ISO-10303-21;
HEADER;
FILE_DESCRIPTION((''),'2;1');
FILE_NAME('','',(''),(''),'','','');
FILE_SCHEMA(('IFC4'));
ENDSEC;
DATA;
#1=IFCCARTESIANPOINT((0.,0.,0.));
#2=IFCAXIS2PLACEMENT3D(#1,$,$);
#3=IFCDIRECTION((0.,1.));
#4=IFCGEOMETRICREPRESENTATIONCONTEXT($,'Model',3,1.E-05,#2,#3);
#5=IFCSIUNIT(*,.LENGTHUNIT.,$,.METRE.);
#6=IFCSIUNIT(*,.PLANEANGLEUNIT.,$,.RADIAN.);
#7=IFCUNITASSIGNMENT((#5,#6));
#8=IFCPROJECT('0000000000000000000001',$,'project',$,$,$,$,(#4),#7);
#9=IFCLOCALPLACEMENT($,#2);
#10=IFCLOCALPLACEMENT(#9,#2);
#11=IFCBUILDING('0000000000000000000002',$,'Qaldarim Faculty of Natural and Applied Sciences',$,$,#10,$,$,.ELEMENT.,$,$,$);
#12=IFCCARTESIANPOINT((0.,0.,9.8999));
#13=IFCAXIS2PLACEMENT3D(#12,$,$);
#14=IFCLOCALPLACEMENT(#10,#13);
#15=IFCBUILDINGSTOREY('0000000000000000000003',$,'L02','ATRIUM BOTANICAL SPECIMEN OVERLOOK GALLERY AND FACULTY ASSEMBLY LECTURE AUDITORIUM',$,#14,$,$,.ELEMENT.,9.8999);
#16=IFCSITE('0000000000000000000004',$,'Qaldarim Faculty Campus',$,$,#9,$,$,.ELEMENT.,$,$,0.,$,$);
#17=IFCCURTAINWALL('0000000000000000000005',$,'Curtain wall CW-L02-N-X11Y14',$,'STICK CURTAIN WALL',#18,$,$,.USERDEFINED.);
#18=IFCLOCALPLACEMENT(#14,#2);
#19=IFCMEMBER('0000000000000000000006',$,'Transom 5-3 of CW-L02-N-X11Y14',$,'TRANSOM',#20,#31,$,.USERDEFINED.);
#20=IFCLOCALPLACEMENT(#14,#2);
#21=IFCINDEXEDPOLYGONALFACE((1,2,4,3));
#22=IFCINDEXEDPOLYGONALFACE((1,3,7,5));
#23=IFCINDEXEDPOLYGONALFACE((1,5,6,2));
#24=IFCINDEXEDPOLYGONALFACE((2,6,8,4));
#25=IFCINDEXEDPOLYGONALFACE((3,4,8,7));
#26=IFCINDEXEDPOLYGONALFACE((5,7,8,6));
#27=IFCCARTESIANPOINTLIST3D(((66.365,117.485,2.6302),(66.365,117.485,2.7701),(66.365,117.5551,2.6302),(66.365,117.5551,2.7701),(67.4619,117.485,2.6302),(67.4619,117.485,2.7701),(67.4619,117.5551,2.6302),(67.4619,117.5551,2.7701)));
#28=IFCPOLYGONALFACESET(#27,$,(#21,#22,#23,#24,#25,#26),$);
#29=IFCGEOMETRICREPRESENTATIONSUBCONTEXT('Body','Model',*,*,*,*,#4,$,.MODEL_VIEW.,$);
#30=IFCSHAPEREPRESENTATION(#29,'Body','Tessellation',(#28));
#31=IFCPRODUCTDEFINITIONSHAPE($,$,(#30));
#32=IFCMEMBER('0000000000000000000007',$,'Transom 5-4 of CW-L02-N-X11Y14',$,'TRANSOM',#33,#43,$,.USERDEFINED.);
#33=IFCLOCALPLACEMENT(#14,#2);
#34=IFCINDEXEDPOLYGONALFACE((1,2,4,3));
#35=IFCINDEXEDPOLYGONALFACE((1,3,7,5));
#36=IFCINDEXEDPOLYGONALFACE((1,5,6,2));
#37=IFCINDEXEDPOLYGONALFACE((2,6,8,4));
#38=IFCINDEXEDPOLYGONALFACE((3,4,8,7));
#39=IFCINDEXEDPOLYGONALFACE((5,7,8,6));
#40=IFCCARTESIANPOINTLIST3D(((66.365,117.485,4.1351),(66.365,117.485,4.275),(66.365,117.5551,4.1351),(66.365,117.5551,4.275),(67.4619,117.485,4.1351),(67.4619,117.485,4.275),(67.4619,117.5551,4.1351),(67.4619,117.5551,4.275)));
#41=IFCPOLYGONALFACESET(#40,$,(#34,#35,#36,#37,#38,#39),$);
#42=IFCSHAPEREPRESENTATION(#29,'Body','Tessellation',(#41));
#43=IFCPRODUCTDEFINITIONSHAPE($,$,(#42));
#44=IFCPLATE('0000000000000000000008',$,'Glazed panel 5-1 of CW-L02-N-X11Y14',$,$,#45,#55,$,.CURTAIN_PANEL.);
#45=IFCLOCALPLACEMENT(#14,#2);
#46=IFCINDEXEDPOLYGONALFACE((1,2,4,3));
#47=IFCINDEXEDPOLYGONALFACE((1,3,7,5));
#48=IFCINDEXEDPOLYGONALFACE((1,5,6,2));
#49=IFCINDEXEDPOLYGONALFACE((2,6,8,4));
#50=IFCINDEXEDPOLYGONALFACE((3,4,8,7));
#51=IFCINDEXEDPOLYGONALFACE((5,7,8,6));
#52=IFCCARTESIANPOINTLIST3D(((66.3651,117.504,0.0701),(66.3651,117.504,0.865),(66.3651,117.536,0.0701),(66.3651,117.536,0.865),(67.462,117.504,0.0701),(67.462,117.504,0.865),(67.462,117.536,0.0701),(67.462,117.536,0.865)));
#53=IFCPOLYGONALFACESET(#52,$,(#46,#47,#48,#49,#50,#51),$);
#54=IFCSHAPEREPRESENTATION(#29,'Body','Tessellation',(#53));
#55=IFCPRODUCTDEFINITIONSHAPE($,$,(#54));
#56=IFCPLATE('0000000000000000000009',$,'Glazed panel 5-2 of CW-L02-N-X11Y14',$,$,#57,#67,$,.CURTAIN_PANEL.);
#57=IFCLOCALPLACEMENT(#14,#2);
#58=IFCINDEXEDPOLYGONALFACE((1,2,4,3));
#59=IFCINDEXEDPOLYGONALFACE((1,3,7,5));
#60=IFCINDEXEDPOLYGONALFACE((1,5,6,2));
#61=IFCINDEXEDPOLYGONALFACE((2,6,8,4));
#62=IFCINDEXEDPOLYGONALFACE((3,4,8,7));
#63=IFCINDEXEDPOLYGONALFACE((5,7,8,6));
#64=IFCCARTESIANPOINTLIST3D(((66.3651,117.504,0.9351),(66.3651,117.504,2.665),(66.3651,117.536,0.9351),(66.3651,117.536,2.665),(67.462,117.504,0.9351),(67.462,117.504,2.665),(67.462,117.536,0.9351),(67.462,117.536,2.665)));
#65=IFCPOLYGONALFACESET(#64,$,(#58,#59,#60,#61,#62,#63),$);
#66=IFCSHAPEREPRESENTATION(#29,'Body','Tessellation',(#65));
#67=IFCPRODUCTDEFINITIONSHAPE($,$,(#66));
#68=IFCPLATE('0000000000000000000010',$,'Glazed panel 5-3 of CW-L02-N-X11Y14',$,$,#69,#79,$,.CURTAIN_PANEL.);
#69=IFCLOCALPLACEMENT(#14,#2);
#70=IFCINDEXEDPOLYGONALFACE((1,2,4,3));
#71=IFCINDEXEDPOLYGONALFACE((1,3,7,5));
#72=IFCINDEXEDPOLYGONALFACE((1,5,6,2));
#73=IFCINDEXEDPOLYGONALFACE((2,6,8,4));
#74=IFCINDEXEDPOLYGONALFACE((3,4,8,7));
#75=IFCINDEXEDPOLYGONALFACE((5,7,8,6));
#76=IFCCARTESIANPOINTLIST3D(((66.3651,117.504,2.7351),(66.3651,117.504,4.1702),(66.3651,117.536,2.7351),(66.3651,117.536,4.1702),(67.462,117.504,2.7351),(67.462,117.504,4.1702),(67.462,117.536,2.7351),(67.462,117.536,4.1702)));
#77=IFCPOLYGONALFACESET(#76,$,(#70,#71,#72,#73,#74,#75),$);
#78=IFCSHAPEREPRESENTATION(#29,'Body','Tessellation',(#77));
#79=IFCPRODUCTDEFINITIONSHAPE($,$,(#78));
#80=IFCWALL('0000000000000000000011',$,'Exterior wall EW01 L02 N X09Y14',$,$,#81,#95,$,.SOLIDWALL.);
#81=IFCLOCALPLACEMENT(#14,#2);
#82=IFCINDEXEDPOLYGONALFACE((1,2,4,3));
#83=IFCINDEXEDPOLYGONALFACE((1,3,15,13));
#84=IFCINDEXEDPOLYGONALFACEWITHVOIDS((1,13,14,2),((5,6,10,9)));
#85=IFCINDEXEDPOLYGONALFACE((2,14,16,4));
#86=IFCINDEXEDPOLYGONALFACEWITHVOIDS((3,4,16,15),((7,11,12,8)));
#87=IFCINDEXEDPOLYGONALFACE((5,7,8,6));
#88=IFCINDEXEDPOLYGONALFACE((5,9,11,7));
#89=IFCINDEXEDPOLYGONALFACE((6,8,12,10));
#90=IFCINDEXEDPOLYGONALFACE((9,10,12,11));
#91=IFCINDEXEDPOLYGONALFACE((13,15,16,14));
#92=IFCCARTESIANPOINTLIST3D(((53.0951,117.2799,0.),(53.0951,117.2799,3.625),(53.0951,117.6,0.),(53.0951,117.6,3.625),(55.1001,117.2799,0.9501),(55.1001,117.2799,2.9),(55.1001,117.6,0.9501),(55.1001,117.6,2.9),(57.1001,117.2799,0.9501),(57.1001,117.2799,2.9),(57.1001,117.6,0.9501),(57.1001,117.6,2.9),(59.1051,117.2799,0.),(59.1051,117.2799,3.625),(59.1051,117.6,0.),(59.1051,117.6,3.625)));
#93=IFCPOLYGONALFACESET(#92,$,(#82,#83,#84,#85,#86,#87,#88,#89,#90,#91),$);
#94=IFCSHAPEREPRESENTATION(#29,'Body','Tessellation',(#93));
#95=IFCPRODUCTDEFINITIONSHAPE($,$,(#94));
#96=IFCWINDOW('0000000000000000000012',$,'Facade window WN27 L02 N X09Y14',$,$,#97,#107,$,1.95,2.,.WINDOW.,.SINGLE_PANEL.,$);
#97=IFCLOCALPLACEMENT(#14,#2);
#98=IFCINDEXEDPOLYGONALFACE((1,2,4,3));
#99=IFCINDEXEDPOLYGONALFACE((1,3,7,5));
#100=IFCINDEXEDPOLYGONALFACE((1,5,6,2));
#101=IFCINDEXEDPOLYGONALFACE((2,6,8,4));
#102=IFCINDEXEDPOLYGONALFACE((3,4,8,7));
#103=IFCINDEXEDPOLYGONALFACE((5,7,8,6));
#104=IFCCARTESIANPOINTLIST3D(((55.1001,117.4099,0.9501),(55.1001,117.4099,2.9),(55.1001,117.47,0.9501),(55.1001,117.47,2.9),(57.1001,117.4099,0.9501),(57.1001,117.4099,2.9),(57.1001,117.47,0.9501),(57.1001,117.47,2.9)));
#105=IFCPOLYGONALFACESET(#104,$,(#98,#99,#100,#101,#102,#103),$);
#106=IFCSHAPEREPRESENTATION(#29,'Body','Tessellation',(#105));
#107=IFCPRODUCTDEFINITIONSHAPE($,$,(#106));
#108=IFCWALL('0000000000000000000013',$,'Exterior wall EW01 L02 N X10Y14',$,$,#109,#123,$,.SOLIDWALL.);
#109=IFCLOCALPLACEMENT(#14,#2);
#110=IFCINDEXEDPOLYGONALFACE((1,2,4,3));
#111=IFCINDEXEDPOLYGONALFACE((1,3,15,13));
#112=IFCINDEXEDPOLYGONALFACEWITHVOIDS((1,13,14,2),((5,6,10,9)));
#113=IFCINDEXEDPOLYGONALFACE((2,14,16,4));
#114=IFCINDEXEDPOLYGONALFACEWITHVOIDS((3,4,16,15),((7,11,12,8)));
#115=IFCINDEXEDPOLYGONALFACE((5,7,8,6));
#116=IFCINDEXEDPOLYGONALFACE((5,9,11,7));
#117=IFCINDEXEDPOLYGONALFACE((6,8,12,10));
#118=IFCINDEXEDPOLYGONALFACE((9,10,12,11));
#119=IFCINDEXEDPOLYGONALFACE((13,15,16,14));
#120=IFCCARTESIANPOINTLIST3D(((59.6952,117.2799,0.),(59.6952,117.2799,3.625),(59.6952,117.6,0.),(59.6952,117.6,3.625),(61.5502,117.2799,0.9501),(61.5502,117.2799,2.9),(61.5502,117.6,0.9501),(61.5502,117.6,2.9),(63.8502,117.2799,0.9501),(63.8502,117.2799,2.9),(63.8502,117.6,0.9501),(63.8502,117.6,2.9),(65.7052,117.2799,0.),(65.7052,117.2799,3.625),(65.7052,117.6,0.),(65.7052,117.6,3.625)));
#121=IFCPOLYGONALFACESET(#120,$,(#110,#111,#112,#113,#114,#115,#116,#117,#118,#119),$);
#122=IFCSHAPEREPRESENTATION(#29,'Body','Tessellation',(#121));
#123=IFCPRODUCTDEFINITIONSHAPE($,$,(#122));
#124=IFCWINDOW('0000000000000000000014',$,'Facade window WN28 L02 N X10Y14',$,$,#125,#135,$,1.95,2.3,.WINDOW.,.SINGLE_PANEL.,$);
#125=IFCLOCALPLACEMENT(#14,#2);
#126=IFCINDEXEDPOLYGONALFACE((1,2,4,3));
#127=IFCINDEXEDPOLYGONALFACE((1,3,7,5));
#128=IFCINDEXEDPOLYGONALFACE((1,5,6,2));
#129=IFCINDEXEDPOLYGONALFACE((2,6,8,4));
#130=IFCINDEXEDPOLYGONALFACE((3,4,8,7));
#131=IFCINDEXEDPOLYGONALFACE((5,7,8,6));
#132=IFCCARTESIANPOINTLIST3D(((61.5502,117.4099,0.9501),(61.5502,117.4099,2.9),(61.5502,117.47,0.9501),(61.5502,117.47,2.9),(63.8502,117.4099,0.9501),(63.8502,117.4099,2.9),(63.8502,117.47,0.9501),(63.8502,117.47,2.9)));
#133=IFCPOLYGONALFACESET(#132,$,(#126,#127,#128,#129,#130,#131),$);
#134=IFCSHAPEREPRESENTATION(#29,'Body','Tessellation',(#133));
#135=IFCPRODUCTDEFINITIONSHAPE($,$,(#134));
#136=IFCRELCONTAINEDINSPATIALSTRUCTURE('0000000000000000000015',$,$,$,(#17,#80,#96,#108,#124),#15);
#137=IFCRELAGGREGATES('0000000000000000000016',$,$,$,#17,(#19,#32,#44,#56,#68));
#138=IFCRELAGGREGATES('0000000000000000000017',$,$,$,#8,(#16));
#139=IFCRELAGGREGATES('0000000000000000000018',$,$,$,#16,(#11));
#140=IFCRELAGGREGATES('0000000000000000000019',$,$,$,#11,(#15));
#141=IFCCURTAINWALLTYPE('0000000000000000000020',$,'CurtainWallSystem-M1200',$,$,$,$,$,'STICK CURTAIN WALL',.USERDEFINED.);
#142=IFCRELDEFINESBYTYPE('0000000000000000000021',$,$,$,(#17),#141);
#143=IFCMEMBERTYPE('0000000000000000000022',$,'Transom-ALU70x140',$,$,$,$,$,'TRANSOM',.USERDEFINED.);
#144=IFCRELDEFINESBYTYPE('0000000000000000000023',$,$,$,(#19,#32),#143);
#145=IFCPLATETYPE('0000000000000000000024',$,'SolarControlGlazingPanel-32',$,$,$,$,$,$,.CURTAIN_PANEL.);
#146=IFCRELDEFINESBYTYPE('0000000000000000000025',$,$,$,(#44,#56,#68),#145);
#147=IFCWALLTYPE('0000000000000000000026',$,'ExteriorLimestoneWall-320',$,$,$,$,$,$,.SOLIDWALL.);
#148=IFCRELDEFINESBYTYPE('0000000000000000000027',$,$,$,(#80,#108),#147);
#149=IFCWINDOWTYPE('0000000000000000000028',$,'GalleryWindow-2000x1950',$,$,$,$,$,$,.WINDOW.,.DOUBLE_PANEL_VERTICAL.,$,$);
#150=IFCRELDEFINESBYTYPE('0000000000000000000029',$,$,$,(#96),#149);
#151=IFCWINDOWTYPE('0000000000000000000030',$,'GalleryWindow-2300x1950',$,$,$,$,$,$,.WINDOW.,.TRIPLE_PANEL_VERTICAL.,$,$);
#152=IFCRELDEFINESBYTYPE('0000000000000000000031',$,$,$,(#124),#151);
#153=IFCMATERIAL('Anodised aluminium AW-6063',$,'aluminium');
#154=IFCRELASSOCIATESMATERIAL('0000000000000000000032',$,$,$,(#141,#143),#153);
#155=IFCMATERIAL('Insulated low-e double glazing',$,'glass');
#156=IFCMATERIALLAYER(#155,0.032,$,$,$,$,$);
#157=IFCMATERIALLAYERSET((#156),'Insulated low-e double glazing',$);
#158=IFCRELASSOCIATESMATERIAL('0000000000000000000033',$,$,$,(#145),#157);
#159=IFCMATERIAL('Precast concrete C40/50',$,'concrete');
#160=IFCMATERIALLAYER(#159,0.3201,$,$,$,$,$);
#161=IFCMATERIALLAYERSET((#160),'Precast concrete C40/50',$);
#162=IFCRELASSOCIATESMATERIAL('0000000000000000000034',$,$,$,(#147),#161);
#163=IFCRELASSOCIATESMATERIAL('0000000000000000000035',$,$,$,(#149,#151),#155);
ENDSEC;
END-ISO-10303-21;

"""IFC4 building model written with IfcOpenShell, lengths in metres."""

from ifc_helpers import new_model, si_unit, direction, frame, frame_2d, origin, origin_2d, place, context, subcontext, project, spatial, rectangle, extrude, material, layer, layer_set, material_profile, profile_set, type_object, element, fill, aggregate, save


model = new_model("IFC4")

# Units and contexts
model_context = context("Model", 3, precision=1e-05, world=origin(), true_north=direction((0.0, 1.0)))
body_context = subcontext(model_context, "Body", "Model", "MODEL_VIEW")
ifc_project = project(units=[si_unit("LENGTHUNIT", "METRE"), si_unit("PLANEANGLEUNIT", "RADIAN")], contexts=[model_context])

# Site, building, storey
site_placement = place(None, origin())
site = spatial("IfcSite", under=ifc_project, at=site_placement, Name="Qaldarim Faculty Campus", CompositionType="ELEMENT", RefElevation=0.0)
building_placement = place(site_placement, origin())
building = spatial("IfcBuilding", under=site, at=building_placement, Name="Qaldarim Faculty of Natural and Applied Sciences", CompositionType="ELEMENT")
storey_placement = place(building_placement, frame((0.0, 0.0, 9.8999)))
storey = spatial("IfcBuildingStorey", under=building, at=storey_placement, Name="L02", Description="ATRIUM BOTANICAL SPECIMEN OVERLOOK GALLERY AND FACULTY ASSEMBLY LECTURE AUDITORIUM", CompositionType="ELEMENT", Elevation=9.8999)

# Curtain wall, members, plates
ifc_material_1 = material(Name="Anodised aluminium AW-6063", Category="aluminium")
curtain_wall_type = type_object("IfcCurtainWallType", Name="CurtainWallSystem-M1200", ElementType="STICK CURTAIN WALL", PredefinedType="USERDEFINED", material=ifc_material_1)
curtain_wall_placement = place(storey_placement, origin())
curtain_wall = element("IfcCurtainWall", 1, at=curtain_wall_placement, inside=storey, type_object=curtain_wall_type, Name="Curtain wall CW-L02-N-X11Y14", ObjectType="STICK CURTAIN WALL", PredefinedType="USERDEFINED")
ifc_material_profile_1 = material_profile(ifc_material_1, rectangle(XDim=0.0701, YDim=0.1399, at=origin_2d()), Name="ALU-T70x140")
ifc_profile_set_1 = profile_set([ifc_material_profile_1], Name="Anodised aluminium AW-6063")
member_type_1 = type_object("IfcMemberType", Name="Transom-ALU70x140", ElementType="TRANSOM", PredefinedType="USERDEFINED", material=ifc_profile_set_1)
member_1_placement = place(storey_placement, frame((67.4619, 117.52, 2.7002), z_axis=(-1.0, 0.0, 0.0), x_axis=(0.0, -1.0, 0.0)))
member_1 = element("IfcMember", 2, at=member_1_placement, type_object=member_type_1, Name="Transom 5-3 of CW-L02-N-X11Y14", ObjectType="TRANSOM", PredefinedType="USERDEFINED", context=body_context, shape_type="SweptSolid", body=[
    extrude(rectangle(XDim=0.0701, YDim=0.1399, at=origin_2d()), origin(), (0.0, 0.0, 1.0), 1.0969),
])
member_2_placement = place(storey_placement, frame((67.4619, 117.52, 4.2051), z_axis=(-1.0, 0.0, 0.0), x_axis=(0.0, -1.0, 0.0)))
member_2 = element("IfcMember", 3, at=member_2_placement, type_object=member_type_1, Name="Transom 5-4 of CW-L02-N-X11Y14", ObjectType="TRANSOM", PredefinedType="USERDEFINED", context=body_context, shape_type="SweptSolid", body=[
    extrude(rectangle(XDim=0.0701, YDim=0.1399, at=origin_2d()), origin(), (0.0, 0.0, 1.0), 1.0969),
])
ifc_material_2 = material(Name="Insulated low-e double glazing", Category="glass")
ifc_layer_1 = layer(ifc_material_2, 0.032)
ifc_layer_set_1 = layer_set([ifc_layer_1], Name="Insulated low-e double glazing")
plate_type = type_object("IfcPlateType", Name="SolarControlGlazingPanel-32", PredefinedType="CURTAIN_PANEL", material=ifc_layer_set_1)
plate_1_placement = place(storey_placement, frame((66.9136, 117.52, 0.0701), z_axis=(0.0, 0.0, 1.0), x_axis=(-1.0, 0.0, 0.0)))
plate_1 = element("IfcPlate", 4, at=plate_1_placement, type_object=plate_type, Name="Glazed panel 5-1 of CW-L02-N-X11Y14", PredefinedType="CURTAIN_PANEL", context=body_context, shape_type="SweptSolid", body=[
    extrude(rectangle(XDim=1.0969, YDim=0.032, at=origin_2d()), origin(), (0.0, 0.0, 1.0), 0.7949),
])
plate_2_placement = place(storey_placement, frame((66.9136, 117.52, 0.9351), z_axis=(0.0, 0.0, 1.0), x_axis=(-1.0, 0.0, 0.0)))
plate_2 = element("IfcPlate", 5, at=plate_2_placement, type_object=plate_type, Name="Glazed panel 5-2 of CW-L02-N-X11Y14", PredefinedType="CURTAIN_PANEL", context=body_context, shape_type="SweptSolid", body=[
    extrude(rectangle(XDim=1.0969, YDim=0.032, at=origin_2d()), origin(), (0.0, 0.0, 1.0), 1.73),
])
plate_3_placement = place(storey_placement, frame((66.9136, 117.52, 2.7351), z_axis=(0.0, 0.0, 1.0), x_axis=(-1.0, 0.0, 0.0)))
plate_3 = element("IfcPlate", 6, at=plate_3_placement, type_object=plate_type, Name="Glazed panel 5-3 of CW-L02-N-X11Y14", PredefinedType="CURTAIN_PANEL", context=body_context, shape_type="SweptSolid", body=[
    extrude(rectangle(XDim=1.0969, YDim=0.032, at=origin_2d()), origin(), (0.0, 0.0, 1.0), 1.4351),
])
aggregate(curtain_wall, [member_1, member_2, plate_1, plate_2, plate_3])

# Walls, openings, windows
ifc_material_3 = material(Name="Precast concrete C40/50", Category="concrete")
ifc_layer_2 = layer(ifc_material_3, 0.3201)
ifc_layer_set_2 = layer_set([ifc_layer_2], Name="Precast concrete C40/50")
wall_type = type_object("IfcWallType", Name="ExteriorLimestoneWall-320", PredefinedType="SOLIDWALL", material=ifc_layer_set_2)
wall_1_placement = place(storey_placement, frame((59.105, 117.4399, 0.0), z_axis=(0.0, 0.0, 1.0), x_axis=(-1.0, 0.0, 0.0)))
wall_1 = element("IfcWall", 7, at=wall_1_placement, inside=storey, type_object=wall_type, Name="Exterior wall EW01 L02 N X09Y14", PredefinedType="SOLIDWALL", context=body_context, shape_type="SweptSolid", body=[
    extrude(rectangle(XDim=6.01, YDim=0.3201, at=frame_2d((3.0049, 0.0))), origin(), (0.0, 0.0, 1.0), 3.625),
])
opening_1_placement = place(wall_1_placement, frame((2.0049, 0.0, 0.95)))
opening_1 = element("IfcOpeningElement", 8, at=opening_1_placement, cuts=wall_1, PredefinedType="OPENING", context=body_context, shape_type="SweptSolid", body=[
    extrude(rectangle(XDim=2.0, YDim=1.95, at=frame_2d((1.0, 0.9751))), frame((0.0, 0.1699, 0.0), z_axis=(0.0, -1.0, 0.0), x_axis=(1.0, 0.0, 0.0)), (0.0, 0.0, 1.0), 0.3401),
])
window_type_1 = type_object("IfcWindowType", Name="GalleryWindow-2000x1950", PartitioningType="DOUBLE_PANEL_VERTICAL", PredefinedType="WINDOW", material=ifc_material_2)
window_1_placement = place(opening_1_placement, origin())
window_1 = element("IfcWindow", 9, at=window_1_placement, inside=storey, type_object=window_type_1, Name="Facade window WN27 L02 N X09Y14", OverallHeight=1.95, OverallWidth=2.0, PartitioningType="SINGLE_PANEL", PredefinedType="WINDOW", context=body_context, shape_type="SweptSolid", body=[
    extrude(rectangle(XDim=2.0, YDim=1.95, at=frame_2d((1.0, 0.9751))), frame((0.0, 0.03, 0.0), z_axis=(0.0, -1.0, 0.0), x_axis=(1.0, 0.0, 0.0)), (0.0, 0.0, 1.0), 0.0601),
])
fill(opening_1, window_1)
wall_2_placement = place(storey_placement, frame((65.7051, 117.4399, 0.0), z_axis=(0.0, 0.0, 1.0), x_axis=(-1.0, 0.0, 0.0)))
wall_2 = element("IfcWall", 10, at=wall_2_placement, inside=storey, type_object=wall_type, Name="Exterior wall EW01 L02 N X10Y14", PredefinedType="SOLIDWALL", context=body_context, shape_type="SweptSolid", body=[
    extrude(rectangle(XDim=6.01, YDim=0.3201, at=frame_2d((3.0049, 0.0))), origin(), (0.0, 0.0, 1.0), 3.625),
])
opening_2_placement = place(wall_2_placement, frame((1.855, 0.0, 0.95)))
opening_2 = element("IfcOpeningElement", 11, at=opening_2_placement, cuts=wall_2, PredefinedType="OPENING", context=body_context, shape_type="SweptSolid", body=[
    extrude(rectangle(XDim=2.3, YDim=1.95, at=frame_2d((1.1499, 0.9751))), frame((0.0, 0.1699, 0.0), z_axis=(0.0, -1.0, 0.0), x_axis=(1.0, 0.0, 0.0)), (0.0, 0.0, 1.0), 0.3401),
])
window_type_2 = type_object("IfcWindowType", Name="GalleryWindow-2300x1950", PartitioningType="TRIPLE_PANEL_VERTICAL", PredefinedType="WINDOW", material=ifc_material_2)
window_2_placement = place(opening_2_placement, origin())
window_2 = element("IfcWindow", 12, at=window_2_placement, inside=storey, type_object=window_type_2, Name="Facade window WN28 L02 N X10Y14", OverallHeight=1.95, OverallWidth=2.3, PartitioningType="SINGLE_PANEL", PredefinedType="WINDOW", context=body_context, shape_type="SweptSolid", body=[
    extrude(rectangle(XDim=2.3, YDim=1.95, at=frame_2d((1.1499, 0.9751))), frame((0.0, 0.03, 0.0), z_axis=(0.0, -1.0, 0.0), x_axis=(1.0, 0.0, 0.0)), (0.0, 0.0, 1.0), 0.0601),
])
fill(opening_2, window_2)

save(model, "model.ifc")
